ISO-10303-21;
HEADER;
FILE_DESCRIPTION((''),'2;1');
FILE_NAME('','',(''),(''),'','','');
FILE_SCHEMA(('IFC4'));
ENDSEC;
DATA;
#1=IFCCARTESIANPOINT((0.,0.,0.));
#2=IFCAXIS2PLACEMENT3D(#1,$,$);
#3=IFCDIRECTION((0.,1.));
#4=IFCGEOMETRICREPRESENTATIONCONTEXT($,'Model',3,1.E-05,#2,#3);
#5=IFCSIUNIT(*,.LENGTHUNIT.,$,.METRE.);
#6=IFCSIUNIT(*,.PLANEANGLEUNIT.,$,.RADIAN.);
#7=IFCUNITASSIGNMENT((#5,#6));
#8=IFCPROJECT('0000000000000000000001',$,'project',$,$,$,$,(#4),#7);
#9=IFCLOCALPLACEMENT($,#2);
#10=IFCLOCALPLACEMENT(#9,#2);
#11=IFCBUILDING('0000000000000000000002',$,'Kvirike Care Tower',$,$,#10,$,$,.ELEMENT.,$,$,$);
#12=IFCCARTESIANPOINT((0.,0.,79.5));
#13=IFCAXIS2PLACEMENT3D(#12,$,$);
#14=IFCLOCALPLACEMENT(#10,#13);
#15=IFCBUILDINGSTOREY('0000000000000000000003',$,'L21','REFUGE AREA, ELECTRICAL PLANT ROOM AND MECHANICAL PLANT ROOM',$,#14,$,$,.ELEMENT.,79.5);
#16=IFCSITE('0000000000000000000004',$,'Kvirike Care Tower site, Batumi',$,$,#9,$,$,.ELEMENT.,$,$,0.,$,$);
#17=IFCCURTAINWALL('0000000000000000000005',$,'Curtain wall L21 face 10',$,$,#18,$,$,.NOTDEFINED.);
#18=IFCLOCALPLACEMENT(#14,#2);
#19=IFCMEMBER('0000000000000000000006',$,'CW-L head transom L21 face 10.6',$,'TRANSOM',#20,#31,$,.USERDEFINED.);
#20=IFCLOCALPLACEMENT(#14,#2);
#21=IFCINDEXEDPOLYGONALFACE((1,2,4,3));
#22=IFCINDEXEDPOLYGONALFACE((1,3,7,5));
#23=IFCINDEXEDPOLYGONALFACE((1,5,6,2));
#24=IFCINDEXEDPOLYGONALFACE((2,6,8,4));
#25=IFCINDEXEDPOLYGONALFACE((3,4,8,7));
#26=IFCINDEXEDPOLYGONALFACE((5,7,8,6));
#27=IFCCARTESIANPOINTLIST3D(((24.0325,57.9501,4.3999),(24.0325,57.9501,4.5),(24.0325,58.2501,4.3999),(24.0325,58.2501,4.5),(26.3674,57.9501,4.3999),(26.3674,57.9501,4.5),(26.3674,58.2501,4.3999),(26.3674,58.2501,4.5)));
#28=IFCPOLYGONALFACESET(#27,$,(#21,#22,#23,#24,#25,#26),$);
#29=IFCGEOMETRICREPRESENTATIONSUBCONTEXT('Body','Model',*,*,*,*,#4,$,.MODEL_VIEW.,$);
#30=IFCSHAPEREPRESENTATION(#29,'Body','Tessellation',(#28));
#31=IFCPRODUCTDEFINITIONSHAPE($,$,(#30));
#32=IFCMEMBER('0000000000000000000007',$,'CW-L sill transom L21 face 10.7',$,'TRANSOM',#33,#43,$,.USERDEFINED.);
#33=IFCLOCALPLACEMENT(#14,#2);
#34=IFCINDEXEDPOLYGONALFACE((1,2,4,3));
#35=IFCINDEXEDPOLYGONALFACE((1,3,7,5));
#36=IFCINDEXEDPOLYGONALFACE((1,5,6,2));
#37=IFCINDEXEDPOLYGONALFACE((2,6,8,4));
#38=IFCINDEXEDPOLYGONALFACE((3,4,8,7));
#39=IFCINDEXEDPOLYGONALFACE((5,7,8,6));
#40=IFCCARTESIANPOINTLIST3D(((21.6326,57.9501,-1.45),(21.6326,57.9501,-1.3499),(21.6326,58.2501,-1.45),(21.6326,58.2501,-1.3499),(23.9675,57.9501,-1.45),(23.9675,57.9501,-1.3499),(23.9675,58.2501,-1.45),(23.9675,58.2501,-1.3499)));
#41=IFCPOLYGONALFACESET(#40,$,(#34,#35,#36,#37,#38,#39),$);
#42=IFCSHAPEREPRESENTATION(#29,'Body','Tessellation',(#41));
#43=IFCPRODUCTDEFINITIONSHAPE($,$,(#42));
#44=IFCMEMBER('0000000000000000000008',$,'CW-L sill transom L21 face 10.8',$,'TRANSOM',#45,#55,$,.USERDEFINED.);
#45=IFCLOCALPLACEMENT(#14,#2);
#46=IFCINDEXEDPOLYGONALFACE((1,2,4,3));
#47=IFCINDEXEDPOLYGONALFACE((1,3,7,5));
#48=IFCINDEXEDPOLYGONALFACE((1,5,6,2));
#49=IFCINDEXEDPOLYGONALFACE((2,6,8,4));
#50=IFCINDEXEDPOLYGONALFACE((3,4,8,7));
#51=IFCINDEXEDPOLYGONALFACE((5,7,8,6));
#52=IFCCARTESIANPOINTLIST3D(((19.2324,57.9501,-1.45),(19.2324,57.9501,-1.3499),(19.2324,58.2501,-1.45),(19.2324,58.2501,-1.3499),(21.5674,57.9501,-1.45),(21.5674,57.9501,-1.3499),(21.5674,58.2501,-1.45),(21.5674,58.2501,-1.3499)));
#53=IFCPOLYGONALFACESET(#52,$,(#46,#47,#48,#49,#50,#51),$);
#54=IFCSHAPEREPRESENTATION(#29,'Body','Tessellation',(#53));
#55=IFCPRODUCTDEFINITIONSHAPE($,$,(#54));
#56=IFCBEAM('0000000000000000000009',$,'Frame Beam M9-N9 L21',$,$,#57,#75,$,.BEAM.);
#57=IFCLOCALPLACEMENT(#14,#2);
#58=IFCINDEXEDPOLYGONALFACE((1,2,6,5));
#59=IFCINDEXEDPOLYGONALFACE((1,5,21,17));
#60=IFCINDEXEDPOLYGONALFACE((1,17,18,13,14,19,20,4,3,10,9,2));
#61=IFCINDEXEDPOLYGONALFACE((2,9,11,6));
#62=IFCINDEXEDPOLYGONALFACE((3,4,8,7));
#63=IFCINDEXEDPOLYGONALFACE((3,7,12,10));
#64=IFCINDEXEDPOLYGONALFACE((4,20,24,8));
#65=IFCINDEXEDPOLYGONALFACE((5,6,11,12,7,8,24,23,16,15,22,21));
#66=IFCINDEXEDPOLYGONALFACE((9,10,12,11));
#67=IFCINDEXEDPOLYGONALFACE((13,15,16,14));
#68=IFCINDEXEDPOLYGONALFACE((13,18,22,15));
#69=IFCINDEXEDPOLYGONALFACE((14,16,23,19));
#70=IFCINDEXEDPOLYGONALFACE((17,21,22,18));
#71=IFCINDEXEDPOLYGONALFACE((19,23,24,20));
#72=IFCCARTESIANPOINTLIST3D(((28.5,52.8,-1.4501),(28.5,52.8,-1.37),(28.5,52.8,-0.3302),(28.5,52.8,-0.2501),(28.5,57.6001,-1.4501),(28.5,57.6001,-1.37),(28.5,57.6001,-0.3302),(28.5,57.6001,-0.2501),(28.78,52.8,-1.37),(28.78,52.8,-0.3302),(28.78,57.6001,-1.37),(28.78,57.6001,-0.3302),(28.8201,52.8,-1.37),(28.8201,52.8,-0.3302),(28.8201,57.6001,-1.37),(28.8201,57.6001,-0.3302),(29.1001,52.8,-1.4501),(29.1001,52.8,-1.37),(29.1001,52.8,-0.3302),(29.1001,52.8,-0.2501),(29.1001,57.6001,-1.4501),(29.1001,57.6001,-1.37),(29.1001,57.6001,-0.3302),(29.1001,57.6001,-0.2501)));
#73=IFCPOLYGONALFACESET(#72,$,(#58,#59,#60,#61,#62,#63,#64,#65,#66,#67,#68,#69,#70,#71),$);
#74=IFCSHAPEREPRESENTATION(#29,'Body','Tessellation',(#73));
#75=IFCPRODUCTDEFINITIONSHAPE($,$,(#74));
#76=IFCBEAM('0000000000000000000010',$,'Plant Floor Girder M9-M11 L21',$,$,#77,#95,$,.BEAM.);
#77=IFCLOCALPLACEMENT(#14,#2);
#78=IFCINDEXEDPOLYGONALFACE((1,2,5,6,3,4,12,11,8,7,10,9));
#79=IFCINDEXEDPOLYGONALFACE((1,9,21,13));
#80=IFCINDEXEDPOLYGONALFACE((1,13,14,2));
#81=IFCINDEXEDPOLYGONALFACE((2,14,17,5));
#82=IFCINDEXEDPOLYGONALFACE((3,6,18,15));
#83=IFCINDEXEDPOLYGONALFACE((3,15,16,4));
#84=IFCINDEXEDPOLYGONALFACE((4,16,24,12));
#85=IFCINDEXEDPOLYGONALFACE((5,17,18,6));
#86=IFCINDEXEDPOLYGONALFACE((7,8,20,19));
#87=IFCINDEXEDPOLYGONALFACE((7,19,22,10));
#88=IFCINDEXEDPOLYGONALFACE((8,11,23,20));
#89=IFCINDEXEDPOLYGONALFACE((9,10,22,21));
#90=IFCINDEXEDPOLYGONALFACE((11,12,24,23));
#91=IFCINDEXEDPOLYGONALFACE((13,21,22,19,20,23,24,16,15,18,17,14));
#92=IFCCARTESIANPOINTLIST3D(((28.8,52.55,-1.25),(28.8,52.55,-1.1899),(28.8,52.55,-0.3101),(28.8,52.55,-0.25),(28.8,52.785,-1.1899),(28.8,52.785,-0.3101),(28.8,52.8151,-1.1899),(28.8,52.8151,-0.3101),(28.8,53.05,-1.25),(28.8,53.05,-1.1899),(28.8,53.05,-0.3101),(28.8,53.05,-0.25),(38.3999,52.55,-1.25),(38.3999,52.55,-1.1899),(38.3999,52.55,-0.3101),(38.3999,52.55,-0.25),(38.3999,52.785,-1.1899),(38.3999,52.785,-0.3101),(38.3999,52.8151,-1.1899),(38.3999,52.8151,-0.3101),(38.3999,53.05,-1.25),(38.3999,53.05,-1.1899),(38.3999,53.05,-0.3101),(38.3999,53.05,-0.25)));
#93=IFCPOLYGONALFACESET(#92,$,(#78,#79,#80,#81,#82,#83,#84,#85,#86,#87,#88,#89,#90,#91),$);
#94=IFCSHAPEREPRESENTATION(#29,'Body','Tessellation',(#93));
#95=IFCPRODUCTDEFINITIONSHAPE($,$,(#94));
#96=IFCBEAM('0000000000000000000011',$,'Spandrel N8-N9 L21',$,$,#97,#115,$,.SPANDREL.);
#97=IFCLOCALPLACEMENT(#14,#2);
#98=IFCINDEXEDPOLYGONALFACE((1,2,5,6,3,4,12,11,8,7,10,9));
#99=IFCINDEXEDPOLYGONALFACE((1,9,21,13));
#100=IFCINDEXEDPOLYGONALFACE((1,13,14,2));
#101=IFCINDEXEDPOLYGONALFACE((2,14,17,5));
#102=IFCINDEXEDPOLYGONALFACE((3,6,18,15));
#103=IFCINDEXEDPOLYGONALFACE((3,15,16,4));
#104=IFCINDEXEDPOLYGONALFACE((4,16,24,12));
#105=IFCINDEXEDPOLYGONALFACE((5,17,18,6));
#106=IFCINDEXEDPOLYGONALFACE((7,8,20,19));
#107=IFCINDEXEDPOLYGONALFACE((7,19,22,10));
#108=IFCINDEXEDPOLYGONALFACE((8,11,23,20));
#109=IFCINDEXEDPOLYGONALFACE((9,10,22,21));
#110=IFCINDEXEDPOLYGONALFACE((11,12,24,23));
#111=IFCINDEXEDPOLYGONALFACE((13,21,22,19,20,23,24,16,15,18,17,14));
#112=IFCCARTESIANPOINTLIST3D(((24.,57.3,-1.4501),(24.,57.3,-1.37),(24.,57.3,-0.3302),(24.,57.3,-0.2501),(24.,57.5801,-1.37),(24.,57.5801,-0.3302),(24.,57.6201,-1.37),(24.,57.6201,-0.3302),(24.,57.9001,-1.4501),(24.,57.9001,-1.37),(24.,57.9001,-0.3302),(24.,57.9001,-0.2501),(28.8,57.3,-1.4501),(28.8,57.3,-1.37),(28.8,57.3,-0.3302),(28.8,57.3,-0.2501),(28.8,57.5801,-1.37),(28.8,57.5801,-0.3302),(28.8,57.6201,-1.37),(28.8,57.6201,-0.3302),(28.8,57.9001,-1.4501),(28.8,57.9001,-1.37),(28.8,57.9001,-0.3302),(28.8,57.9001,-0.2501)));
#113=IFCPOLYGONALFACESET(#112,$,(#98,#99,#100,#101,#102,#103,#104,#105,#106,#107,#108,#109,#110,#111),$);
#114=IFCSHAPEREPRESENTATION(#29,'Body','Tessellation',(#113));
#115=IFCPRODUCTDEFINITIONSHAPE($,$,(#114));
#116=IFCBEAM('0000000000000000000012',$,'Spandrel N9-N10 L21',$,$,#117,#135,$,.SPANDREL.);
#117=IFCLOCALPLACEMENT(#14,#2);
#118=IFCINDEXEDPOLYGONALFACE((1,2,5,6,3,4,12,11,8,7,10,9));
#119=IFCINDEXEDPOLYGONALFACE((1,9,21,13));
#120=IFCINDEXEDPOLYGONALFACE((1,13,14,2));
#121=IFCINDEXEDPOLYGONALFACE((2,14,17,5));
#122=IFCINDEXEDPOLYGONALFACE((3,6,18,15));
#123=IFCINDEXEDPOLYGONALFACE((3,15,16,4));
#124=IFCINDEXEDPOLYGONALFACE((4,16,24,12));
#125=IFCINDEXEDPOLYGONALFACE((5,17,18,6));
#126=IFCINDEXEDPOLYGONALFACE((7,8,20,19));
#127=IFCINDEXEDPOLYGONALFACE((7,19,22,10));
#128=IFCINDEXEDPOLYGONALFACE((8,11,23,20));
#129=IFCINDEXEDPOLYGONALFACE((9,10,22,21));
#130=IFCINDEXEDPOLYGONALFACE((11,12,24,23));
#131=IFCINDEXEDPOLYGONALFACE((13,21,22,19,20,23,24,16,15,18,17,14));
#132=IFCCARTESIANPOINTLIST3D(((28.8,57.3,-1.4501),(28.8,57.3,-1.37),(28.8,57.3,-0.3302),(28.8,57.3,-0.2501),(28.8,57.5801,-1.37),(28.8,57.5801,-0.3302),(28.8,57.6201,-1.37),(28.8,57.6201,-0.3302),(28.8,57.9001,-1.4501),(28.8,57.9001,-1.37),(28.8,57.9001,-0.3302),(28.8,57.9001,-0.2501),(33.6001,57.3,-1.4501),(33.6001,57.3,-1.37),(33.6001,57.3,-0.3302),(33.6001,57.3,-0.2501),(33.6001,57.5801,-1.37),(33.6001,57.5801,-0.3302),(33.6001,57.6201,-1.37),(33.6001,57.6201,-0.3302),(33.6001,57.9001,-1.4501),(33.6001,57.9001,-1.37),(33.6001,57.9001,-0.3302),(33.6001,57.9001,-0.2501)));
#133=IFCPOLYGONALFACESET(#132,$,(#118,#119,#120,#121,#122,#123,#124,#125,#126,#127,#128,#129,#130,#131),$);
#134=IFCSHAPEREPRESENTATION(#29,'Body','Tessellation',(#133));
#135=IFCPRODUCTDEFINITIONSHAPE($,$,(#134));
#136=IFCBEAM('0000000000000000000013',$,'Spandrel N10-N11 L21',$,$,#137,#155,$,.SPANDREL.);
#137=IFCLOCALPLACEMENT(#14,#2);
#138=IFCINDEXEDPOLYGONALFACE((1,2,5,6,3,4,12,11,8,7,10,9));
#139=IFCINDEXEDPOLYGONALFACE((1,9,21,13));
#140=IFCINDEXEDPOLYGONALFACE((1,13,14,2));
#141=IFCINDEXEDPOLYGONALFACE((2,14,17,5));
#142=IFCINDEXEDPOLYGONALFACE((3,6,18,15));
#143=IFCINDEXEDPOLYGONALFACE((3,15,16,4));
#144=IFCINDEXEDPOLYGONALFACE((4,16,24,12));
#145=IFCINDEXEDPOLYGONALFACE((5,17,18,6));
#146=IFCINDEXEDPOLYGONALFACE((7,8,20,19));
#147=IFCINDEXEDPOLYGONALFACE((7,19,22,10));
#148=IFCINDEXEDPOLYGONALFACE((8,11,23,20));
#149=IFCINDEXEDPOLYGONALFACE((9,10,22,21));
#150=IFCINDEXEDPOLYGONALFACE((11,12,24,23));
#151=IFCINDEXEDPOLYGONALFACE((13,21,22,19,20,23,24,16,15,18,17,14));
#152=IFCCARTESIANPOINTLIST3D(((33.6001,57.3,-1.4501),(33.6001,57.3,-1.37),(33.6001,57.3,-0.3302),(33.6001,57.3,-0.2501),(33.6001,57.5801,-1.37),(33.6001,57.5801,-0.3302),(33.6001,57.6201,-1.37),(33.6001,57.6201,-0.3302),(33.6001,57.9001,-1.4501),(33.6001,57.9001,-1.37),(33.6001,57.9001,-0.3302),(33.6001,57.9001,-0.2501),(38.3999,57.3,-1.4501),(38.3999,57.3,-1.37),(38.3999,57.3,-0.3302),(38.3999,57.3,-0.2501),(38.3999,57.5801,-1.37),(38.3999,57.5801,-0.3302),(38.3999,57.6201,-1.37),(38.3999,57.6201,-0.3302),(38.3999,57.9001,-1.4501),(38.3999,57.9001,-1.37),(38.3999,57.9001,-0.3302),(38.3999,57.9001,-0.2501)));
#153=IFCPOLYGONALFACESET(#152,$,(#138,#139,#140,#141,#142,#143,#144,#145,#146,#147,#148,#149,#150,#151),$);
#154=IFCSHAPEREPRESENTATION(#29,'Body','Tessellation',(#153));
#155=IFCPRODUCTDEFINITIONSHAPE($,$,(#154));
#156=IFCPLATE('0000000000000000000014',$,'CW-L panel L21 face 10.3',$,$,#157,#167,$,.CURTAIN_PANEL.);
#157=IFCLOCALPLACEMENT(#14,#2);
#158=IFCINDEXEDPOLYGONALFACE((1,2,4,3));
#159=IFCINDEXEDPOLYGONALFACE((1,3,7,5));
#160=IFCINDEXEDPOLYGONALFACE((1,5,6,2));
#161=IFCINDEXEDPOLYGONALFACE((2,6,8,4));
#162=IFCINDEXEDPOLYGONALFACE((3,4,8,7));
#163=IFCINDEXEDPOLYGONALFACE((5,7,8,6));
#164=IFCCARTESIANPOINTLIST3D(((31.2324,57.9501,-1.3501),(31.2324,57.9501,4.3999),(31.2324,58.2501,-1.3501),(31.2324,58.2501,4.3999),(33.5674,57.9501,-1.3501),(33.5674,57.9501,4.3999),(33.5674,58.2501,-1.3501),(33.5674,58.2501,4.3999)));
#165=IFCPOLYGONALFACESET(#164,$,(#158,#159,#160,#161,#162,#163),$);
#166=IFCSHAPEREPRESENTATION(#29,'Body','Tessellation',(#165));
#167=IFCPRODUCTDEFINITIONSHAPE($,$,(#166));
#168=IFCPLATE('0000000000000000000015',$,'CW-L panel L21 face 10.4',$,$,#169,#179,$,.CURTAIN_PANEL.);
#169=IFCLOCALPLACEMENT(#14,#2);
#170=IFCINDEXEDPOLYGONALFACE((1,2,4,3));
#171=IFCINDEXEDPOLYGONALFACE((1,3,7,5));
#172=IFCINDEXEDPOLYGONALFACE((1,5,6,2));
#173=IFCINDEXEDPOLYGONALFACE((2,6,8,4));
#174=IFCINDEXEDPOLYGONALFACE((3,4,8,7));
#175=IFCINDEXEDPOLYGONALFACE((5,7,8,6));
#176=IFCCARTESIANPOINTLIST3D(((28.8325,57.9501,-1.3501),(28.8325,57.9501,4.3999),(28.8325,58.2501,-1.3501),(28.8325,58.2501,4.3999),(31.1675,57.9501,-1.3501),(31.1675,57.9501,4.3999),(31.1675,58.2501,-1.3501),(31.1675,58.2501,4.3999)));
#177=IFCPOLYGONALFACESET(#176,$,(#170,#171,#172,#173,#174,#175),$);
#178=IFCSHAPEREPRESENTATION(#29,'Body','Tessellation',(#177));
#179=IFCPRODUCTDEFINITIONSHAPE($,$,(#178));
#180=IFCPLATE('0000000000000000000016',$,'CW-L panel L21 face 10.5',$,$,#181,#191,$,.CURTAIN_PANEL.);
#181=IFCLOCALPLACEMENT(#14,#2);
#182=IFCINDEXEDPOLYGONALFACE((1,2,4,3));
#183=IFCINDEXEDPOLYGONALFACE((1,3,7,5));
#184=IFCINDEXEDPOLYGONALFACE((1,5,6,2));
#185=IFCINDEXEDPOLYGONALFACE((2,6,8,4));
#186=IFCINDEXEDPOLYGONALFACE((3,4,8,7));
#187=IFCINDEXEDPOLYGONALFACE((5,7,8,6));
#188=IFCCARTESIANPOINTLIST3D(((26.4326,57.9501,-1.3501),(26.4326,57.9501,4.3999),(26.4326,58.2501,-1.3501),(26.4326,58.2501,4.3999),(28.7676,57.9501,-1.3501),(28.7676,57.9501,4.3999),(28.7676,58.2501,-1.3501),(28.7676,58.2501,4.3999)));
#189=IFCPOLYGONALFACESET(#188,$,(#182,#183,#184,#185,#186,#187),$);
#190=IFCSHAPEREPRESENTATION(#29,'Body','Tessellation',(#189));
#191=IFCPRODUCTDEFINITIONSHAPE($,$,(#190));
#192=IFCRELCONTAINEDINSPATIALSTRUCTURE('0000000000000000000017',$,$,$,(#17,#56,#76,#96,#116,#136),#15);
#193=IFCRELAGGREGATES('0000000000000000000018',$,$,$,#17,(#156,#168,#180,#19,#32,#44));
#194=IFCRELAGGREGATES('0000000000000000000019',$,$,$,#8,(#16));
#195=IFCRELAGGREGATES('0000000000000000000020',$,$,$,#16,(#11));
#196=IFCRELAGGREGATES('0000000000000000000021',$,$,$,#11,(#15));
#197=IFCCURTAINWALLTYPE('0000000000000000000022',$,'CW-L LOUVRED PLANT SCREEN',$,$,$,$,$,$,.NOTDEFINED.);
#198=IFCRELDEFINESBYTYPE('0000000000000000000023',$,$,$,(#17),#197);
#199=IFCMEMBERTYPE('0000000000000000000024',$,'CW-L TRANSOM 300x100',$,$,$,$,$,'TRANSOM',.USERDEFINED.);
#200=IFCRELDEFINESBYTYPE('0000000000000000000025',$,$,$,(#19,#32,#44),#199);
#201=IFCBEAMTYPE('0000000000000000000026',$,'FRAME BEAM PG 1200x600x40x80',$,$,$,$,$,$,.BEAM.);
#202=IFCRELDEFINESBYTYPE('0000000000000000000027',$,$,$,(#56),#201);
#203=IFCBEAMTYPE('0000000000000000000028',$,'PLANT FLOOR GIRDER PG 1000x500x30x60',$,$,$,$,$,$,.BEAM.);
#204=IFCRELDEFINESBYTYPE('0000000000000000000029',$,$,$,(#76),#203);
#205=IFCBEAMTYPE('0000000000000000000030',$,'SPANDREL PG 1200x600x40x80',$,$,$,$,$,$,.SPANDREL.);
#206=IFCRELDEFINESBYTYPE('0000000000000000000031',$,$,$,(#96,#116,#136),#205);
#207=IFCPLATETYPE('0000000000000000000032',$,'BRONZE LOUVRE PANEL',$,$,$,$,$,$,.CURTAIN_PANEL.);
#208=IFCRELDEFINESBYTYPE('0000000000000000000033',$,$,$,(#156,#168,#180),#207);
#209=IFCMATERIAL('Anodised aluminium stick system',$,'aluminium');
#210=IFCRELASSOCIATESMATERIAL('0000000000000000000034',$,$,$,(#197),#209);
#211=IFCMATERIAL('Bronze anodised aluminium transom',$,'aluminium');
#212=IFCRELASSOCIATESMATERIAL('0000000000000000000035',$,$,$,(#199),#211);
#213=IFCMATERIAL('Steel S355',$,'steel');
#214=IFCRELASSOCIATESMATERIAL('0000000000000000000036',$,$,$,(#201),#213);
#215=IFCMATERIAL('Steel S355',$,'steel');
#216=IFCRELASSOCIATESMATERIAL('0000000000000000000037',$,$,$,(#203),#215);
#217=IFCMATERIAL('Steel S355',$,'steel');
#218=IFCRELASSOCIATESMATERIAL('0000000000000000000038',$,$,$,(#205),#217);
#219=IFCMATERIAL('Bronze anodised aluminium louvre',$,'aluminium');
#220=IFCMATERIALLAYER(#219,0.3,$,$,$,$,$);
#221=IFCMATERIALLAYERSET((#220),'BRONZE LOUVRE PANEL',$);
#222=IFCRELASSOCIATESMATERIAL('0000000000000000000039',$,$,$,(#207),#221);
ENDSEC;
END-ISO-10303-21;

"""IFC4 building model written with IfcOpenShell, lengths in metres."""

from ifc_helpers import new_model, si_unit, direction, frame, origin, origin_2d, place, context, subcontext, project, spatial, rectangle, i_section, extrude, material, layer, layer_set, material_profile, profile_set, type_object, element, aggregate, save


model = new_model("IFC4")

# Units and contexts
model_context = context("Model", 3, precision=1e-05, world=origin(), true_north=direction((0.0, 1.0)))
body_context = subcontext(model_context, "Body", "Model", "MODEL_VIEW")
ifc_project = project(units=[si_unit("LENGTHUNIT", "METRE"), si_unit("PLANEANGLEUNIT", "RADIAN")], contexts=[model_context])

# Site, building, storey
site_placement = place(None, origin())
site = spatial("IfcSite", under=ifc_project, at=site_placement, Name="Kvirike Care Tower site, Batumi", CompositionType="ELEMENT", RefElevation=0.0)
building_placement = place(site_placement, origin())
building = spatial("IfcBuilding", under=site, at=building_placement, Name="Kvirike Care Tower", CompositionType="ELEMENT")
storey_placement = place(building_placement, frame((0.0, 0.0, 79.5)))
storey = spatial("IfcBuildingStorey", under=building, at=storey_placement, Name="L21", Description="REFUGE AREA, ELECTRICAL PLANT ROOM AND MECHANICAL PLANT ROOM", CompositionType="ELEMENT", Elevation=79.5)

# Curtain wall, members
ifc_material_1 = material(Name="Anodised aluminium stick system", Category="aluminium")
curtain_wall_type = type_object("IfcCurtainWallType", Name="CW-L LOUVRED PLANT SCREEN", PredefinedType="NOTDEFINED", material=ifc_material_1)
curtain_wall_placement = place(storey_placement, origin())
curtain_wall = element("IfcCurtainWall", 1, at=curtain_wall_placement, inside=storey, type_object=curtain_wall_type, Name="Curtain wall L21 face 10", PredefinedType="NOTDEFINED")
ifc_material_2 = material(Name="Bronze anodised aluminium transom", Category="aluminium")
ifc_material_profile_1 = material_profile(ifc_material_2, rectangle(XDim=0.3, YDim=0.1001, at=origin_2d()), Name="CW-L TRANSOM 300x100")
ifc_profile_set_1 = profile_set([ifc_material_profile_1], Name="Bronze anodised aluminium transom")
member_type_1 = type_object("IfcMemberType", Name="CW-L TRANSOM 300x100", ElementType="TRANSOM", PredefinedType="USERDEFINED", material=ifc_profile_set_1)
member_1_placement = place(storey_placement, frame((26.3674, 58.1001, 4.45), z_axis=(-1.0, 0.0, 0.0), x_axis=(0.0, -1.0, 0.0)))
member_1 = element("IfcMember", 2, at=member_1_placement, type_object=member_type_1, Name="CW-L head transom L21 face 10.6", ObjectType="TRANSOM", PredefinedType="USERDEFINED", context=body_context, shape_type="SweptSolid", body=[
    extrude(rectangle(XDim=0.3, YDim=0.1001, at=origin_2d()), origin(), (0.0, 0.0, 1.0), 2.335),
])
member_2_placement = place(storey_placement, frame((23.9675, 58.1001, -1.3999), z_axis=(-1.0, 0.0, 0.0), x_axis=(0.0, -1.0, 0.0)))
member_2 = element("IfcMember", 3, at=member_2_placement, type_object=member_type_1, Name="CW-L sill transom L21 face 10.7", ObjectType="TRANSOM", PredefinedType="USERDEFINED", context=body_context, shape_type="SweptSolid", body=[
    extrude(rectangle(XDim=0.3, YDim=0.1001, at=origin_2d()), origin(), (0.0, 0.0, 1.0), 2.335),
])
member_3_placement = place(storey_placement, frame((21.5674, 58.1001, -1.3999), z_axis=(-1.0, 0.0, 0.0), x_axis=(0.0, -1.0, 0.0)))
member_3 = element("IfcMember", 4, at=member_3_placement, type_object=member_type_1, Name="CW-L sill transom L21 face 10.8", ObjectType="TRANSOM", PredefinedType="USERDEFINED", context=body_context, shape_type="SweptSolid", body=[
    extrude(rectangle(XDim=0.3, YDim=0.1001, at=origin_2d()), origin(), (0.0, 0.0, 1.0), 2.335),
])

# Beams
ifc_material_3 = material(Name="Steel S355", Category="steel")
ifc_material_profile_2 = material_profile(ifc_material_3, i_section(OverallWidth=0.6001, OverallDepth=1.2, WebThickness=0.04, FlangeThickness=0.0801, at=origin_2d()), Name="PG 1200x600x40x80")
ifc_profile_set_2 = profile_set([ifc_material_profile_2], Name="Steel S355")
beam_type_1 = type_object("IfcBeamType", Name="FRAME BEAM PG 1200x600x40x80", PredefinedType="BEAM", material=ifc_profile_set_2)
beam_1_placement = place(storey_placement, frame((28.8, 52.8, -0.8501), z_axis=(0.0, 1.0, 0.0), x_axis=(-1.0, 0.0, 0.0)))
element("IfcBeam", 5, at=beam_1_placement, inside=storey, type_object=beam_type_1, Name="Frame Beam M9-N9 L21", PredefinedType="BEAM", context=body_context, shape_type="SweptSolid", body=[
    extrude(i_section(OverallWidth=0.6001, OverallDepth=1.2, WebThickness=0.04, FlangeThickness=0.0801, at=origin_2d()), origin(), (0.0, 0.0, 1.0), 4.8),
])
ifc_material_4 = material(Name="Steel S355", Category="steel")
ifc_material_profile_3 = material_profile(ifc_material_4, i_section(OverallWidth=0.5, OverallDepth=1.0, WebThickness=0.03, FlangeThickness=0.0601, at=origin_2d()), Name="PG 1000x500x30x60")
ifc_profile_set_3 = profile_set([ifc_material_profile_3], Name="Steel S355")
beam_type_2 = type_object("IfcBeamType", Name="PLANT FLOOR GIRDER PG 1000x500x30x60", PredefinedType="BEAM", material=ifc_profile_set_3)
beam_2_placement = place(storey_placement, frame((28.8, 52.8, -0.75), z_axis=(1.0, 0.0, 0.0), x_axis=(0.0, 1.0, 0.0)))
element("IfcBeam", 6, at=beam_2_placement, inside=storey, type_object=beam_type_2, Name="Plant Floor Girder M9-M11 L21", PredefinedType="BEAM", context=body_context, shape_type="SweptSolid", body=[
    extrude(i_section(OverallWidth=0.5, OverallDepth=1.0, WebThickness=0.03, FlangeThickness=0.0601, at=origin_2d()), origin(), (0.0, 0.0, 1.0), 9.5999),
])
ifc_material_5 = material(Name="Steel S355", Category="steel")
ifc_material_profile_4 = material_profile(ifc_material_5, i_section(OverallWidth=0.6001, OverallDepth=1.2, WebThickness=0.04, FlangeThickness=0.0801, at=origin_2d()), Name="PG 1200x600x40x80")
ifc_profile_set_4 = profile_set([ifc_material_profile_4], Name="Steel S355")
beam_type_3 = type_object("IfcBeamType", Name="SPANDREL PG 1200x600x40x80", PredefinedType="SPANDREL", material=ifc_profile_set_4)
for number, where, z_axis, x_axis, name in (
    (7, (24.0, 57.6001, -0.8501), (1.0, 0.0, 0.0), (0.0, 1.0, 0.0), "Spandrel N8-N9 L21"),
    (8, (28.8, 57.6001, -0.8501), (1.0, 0.0, 0.0), (0.0, 1.0, 0.0), "Spandrel N9-N10 L21"),
):
    element("IfcBeam", number, at=place(storey_placement, frame(where, z_axis=z_axis, x_axis=x_axis)), inside=storey, type_object=beam_type_3, Name=name, PredefinedType="SPANDREL", context=body_context, shape_type="SweptSolid", body=[
        extrude(i_section(OverallWidth=0.6001, OverallDepth=1.2, WebThickness=0.04, FlangeThickness=0.0801, at=origin_2d()), origin(), (0.0, 0.0, 1.0), 4.8),
    ])
beam_3_placement = place(storey_placement, frame((33.6001, 57.6001, -0.8501), z_axis=(1.0, 0.0, 0.0), x_axis=(0.0, 1.0, 0.0)))
element("IfcBeam", 9, at=beam_3_placement, inside=storey, type_object=beam_type_3, Name="Spandrel N10-N11 L21", PredefinedType="SPANDREL", context=body_context, shape_type="SweptSolid", body=[
    extrude(i_section(OverallWidth=0.6001, OverallDepth=1.2, WebThickness=0.04, FlangeThickness=0.0801, at=origin_2d()), origin(), (0.0, 0.0, 1.0), 4.7998),
])

# Plates
ifc_material_6 = material(Name="Bronze anodised aluminium louvre", Category="aluminium")
ifc_layer_1 = layer(ifc_material_6, 0.3)
ifc_layer_set_1 = layer_set([ifc_layer_1], Name="BRONZE LOUVRE PANEL")
plate_type = type_object("IfcPlateType", Name="BRONZE LOUVRE PANEL", PredefinedType="CURTAIN_PANEL", material=ifc_layer_set_1)
plate_1_placement = place(storey_placement, frame((32.3999, 58.1001, -1.3501), z_axis=(0.0, 0.0, 1.0), x_axis=(-1.0, 0.0, 0.0)))
plate_1 = element("IfcPlate", 10, at=plate_1_placement, type_object=plate_type, Name="CW-L panel L21 face 10.3", PredefinedType="CURTAIN_PANEL", context=body_context, shape_type="SweptSolid", body=[
    extrude(rectangle(XDim=2.335, YDim=0.3, at=origin_2d()), origin(), (0.0, 0.0, 1.0), 5.75),
])
plate_2_placement = place(storey_placement, frame((30.0, 58.1001, -1.3501), z_axis=(0.0, 0.0, 1.0), x_axis=(-1.0, 0.0, 0.0)))
plate_2 = element("IfcPlate", 11, at=plate_2_placement, type_object=plate_type, Name="CW-L panel L21 face 10.4", PredefinedType="CURTAIN_PANEL", context=body_context, shape_type="SweptSolid", body=[
    extrude(rectangle(XDim=2.335, YDim=0.3, at=origin_2d()), origin(), (0.0, 0.0, 1.0), 5.75),
])
plate_3_placement = place(storey_placement, frame((27.6001, 58.1001, -1.3501), z_axis=(0.0, 0.0, 1.0), x_axis=(-1.0, 0.0, 0.0)))
plate_3 = element("IfcPlate", 12, at=plate_3_placement, type_object=plate_type, Name="CW-L panel L21 face 10.5", PredefinedType="CURTAIN_PANEL", context=body_context, shape_type="SweptSolid", body=[
    extrude(rectangle(XDim=2.335, YDim=0.3, at=origin_2d()), origin(), (0.0, 0.0, 1.0), 5.75),
])
aggregate(curtain_wall, [plate_1, plate_2, plate_3, member_1, member_2, member_3])

save(model, "model.ifc")
